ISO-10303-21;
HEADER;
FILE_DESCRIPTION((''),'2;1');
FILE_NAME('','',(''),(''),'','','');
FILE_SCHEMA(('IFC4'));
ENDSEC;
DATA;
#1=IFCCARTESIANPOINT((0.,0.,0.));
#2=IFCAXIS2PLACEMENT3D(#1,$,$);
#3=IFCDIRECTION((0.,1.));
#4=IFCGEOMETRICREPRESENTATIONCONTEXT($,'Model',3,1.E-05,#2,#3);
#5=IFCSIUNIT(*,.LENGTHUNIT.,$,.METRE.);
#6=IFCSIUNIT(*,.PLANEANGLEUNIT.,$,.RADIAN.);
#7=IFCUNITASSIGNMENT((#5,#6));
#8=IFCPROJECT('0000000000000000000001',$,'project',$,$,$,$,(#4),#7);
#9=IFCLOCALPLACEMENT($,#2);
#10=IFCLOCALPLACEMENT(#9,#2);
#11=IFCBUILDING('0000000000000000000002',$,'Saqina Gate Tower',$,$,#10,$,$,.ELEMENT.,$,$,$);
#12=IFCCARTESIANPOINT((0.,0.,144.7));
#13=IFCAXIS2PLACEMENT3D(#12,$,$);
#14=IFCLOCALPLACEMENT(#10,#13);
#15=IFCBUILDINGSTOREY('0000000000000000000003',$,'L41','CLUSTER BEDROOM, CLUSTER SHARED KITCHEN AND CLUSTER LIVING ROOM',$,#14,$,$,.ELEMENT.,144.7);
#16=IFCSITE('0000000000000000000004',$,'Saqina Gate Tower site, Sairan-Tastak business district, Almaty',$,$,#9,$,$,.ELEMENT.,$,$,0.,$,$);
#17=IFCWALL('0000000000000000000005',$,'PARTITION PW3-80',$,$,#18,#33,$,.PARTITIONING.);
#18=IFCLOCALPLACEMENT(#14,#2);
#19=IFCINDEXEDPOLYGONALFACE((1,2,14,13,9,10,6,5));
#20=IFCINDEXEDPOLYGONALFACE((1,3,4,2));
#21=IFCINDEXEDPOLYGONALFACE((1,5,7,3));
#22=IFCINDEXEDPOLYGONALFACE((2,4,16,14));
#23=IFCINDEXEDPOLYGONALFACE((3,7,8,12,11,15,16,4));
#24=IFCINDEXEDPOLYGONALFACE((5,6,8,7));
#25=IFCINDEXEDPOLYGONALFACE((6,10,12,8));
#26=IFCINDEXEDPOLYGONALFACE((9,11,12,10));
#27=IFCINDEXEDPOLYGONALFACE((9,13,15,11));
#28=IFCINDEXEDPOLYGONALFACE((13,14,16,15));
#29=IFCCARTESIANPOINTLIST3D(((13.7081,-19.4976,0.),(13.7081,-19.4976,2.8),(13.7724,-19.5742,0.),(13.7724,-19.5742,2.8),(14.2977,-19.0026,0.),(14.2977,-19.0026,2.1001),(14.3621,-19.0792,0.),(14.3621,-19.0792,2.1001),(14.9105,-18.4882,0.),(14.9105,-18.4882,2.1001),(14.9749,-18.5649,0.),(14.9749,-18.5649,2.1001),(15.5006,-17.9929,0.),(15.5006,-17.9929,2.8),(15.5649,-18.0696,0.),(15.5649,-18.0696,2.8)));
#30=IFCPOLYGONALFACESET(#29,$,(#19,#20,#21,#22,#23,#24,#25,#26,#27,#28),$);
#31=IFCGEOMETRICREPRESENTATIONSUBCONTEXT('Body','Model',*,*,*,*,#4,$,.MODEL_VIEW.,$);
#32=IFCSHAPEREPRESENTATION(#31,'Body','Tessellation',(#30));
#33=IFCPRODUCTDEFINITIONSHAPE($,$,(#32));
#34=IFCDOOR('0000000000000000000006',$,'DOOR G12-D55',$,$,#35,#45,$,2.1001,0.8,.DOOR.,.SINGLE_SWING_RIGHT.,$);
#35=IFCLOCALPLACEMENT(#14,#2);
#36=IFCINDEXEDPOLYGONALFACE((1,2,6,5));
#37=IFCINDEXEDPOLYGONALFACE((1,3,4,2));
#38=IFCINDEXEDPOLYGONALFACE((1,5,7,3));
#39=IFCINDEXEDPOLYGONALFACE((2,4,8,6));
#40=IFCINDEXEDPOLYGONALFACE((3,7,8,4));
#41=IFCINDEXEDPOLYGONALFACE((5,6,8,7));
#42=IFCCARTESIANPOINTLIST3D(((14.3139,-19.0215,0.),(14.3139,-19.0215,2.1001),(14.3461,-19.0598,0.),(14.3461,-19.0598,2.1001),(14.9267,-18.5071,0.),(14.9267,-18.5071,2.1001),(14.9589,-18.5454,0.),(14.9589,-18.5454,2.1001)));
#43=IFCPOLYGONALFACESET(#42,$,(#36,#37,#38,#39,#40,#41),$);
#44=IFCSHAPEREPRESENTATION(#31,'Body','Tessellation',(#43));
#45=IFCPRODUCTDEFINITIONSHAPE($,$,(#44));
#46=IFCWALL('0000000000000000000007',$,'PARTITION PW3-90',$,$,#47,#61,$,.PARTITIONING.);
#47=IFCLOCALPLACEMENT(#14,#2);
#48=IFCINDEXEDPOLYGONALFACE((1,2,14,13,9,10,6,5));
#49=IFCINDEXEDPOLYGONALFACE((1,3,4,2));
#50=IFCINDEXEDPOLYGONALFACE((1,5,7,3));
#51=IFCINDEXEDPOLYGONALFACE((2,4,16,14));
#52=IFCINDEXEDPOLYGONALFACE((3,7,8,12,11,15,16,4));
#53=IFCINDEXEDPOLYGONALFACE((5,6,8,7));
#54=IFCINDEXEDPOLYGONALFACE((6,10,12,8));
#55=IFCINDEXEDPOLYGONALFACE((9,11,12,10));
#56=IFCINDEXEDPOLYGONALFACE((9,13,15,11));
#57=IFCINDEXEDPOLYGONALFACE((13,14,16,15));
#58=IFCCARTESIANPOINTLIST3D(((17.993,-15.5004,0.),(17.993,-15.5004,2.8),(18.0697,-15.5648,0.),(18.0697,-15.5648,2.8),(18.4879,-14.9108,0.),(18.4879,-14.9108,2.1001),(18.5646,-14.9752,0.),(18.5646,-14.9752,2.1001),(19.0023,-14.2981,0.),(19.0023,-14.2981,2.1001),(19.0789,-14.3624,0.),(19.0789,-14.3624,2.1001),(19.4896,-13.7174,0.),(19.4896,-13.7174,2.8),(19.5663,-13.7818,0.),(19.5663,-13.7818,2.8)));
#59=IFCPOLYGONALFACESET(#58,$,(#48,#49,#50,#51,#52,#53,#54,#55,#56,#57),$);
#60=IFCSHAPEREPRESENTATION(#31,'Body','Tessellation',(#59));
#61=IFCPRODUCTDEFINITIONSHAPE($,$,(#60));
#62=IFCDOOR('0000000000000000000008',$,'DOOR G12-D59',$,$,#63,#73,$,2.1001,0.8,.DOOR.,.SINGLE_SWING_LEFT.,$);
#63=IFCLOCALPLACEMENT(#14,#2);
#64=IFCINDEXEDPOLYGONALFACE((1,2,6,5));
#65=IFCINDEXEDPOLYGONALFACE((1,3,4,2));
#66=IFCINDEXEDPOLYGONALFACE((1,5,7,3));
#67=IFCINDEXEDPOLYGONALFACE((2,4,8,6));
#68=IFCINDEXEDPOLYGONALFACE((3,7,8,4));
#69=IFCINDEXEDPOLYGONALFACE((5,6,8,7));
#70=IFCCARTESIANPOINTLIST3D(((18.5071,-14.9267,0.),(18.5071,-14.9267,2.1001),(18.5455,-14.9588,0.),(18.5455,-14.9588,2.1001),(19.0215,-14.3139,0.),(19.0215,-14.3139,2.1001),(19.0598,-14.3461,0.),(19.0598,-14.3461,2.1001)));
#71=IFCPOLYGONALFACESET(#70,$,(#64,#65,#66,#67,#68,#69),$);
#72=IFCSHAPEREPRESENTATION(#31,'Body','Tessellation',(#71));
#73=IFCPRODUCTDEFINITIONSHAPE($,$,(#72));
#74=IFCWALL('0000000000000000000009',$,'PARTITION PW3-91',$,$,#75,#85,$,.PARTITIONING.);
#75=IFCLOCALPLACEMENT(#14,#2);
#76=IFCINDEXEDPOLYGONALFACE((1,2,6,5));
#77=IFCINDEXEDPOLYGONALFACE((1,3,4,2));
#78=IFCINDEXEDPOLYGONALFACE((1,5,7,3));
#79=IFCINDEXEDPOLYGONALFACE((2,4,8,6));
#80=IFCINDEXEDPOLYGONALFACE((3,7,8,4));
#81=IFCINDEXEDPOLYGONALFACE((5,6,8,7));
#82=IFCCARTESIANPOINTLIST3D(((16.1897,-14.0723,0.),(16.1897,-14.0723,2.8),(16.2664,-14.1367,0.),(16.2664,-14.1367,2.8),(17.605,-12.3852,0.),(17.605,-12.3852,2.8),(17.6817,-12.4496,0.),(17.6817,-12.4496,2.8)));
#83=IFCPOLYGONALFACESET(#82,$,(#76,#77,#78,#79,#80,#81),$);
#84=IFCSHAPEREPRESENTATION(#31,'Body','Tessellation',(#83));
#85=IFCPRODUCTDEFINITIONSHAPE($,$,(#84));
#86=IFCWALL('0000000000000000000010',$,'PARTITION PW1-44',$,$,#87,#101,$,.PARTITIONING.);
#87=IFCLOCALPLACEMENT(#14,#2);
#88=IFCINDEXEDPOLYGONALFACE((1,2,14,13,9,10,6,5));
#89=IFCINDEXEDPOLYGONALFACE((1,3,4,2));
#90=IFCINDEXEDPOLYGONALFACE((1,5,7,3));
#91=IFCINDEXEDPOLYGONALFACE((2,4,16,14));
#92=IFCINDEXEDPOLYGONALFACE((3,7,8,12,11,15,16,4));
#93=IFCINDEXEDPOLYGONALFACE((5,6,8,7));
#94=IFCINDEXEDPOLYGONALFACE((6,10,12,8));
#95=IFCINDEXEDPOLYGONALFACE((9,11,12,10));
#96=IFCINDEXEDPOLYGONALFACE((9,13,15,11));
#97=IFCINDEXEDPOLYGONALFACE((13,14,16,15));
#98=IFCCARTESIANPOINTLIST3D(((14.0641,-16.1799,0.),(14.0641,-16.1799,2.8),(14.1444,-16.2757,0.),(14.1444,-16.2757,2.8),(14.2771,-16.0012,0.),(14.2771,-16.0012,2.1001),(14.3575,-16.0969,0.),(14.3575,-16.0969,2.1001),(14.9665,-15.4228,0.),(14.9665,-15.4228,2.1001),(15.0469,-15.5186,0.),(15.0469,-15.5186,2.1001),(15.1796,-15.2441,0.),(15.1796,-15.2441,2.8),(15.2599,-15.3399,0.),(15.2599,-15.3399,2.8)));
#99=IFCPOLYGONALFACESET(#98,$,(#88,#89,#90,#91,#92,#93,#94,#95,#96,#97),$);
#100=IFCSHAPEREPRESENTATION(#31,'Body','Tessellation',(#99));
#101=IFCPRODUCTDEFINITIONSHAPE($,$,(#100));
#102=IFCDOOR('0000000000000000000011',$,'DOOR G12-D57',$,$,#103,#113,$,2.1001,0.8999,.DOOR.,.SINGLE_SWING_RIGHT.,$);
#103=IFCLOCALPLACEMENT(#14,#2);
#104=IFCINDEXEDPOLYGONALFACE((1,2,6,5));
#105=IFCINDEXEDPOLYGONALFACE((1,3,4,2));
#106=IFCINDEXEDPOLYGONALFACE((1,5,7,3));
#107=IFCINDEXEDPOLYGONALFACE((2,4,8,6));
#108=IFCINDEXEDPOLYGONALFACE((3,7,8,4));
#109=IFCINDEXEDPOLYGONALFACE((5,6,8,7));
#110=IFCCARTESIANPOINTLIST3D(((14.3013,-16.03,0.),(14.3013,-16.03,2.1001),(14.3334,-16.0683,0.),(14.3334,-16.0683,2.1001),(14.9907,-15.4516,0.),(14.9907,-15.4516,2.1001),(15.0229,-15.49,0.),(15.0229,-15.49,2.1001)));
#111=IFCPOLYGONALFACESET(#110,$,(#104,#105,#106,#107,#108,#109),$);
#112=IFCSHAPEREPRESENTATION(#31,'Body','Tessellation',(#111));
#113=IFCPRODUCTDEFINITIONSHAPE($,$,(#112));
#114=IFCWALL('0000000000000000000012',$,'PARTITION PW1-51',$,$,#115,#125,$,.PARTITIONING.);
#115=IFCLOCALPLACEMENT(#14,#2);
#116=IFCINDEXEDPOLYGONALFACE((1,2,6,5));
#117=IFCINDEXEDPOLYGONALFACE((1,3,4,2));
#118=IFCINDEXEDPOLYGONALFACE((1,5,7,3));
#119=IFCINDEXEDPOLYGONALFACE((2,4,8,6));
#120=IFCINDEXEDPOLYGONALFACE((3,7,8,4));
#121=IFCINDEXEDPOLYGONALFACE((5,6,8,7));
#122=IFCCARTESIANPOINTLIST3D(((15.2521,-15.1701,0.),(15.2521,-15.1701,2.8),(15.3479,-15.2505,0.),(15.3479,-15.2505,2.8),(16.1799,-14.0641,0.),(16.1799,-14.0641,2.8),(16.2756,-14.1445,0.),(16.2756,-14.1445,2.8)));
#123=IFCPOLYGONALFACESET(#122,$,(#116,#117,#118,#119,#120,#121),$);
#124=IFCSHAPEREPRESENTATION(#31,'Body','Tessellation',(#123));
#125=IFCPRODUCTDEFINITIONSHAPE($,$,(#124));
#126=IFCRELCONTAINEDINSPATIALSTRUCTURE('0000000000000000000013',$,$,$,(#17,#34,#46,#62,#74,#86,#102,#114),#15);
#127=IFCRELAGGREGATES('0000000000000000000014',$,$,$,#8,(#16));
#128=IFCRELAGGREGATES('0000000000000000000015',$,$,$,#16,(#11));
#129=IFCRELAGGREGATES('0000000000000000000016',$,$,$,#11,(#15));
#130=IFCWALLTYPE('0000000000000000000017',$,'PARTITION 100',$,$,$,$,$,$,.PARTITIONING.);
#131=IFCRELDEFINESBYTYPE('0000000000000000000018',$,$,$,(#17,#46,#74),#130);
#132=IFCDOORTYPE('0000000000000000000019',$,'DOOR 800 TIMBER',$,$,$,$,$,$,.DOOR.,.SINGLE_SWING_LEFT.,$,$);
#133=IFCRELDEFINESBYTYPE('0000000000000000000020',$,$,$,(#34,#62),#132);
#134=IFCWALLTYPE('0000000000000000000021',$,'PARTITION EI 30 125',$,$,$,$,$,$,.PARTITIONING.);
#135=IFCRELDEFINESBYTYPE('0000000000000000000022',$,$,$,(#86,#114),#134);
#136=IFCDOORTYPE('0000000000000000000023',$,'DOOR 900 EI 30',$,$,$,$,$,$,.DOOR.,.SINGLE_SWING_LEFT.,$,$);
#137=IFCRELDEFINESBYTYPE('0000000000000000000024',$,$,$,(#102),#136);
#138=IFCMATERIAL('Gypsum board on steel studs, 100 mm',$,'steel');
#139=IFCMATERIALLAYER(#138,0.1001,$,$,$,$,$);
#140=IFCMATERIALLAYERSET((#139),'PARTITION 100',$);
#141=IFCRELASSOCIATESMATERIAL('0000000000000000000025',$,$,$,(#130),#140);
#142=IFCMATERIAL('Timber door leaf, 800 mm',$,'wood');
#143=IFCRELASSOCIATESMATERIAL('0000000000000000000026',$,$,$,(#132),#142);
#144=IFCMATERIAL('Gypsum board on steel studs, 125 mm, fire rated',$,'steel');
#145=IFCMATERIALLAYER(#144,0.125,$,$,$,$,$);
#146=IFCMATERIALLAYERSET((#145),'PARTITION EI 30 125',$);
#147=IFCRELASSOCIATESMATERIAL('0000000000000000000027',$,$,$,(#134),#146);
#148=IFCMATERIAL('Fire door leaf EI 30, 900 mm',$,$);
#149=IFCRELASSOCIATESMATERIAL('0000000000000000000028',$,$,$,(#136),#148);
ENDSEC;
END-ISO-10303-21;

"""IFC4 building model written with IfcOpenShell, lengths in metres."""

from ifc_helpers import new_model, si_unit, direction, frame, frame_2d, origin, place, context, subcontext, project, spatial, rectangle, extrude, material, layer, layer_set, type_object, element, fill, save


model = new_model("IFC4")

# Units and contexts
model_context = context("Model", 3, precision=1e-05, world=origin(), true_north=direction((0.0, 1.0)))
body_context = subcontext(model_context, "Body", "Model", "MODEL_VIEW")
ifc_project = project(units=[si_unit("LENGTHUNIT", "METRE"), si_unit("PLANEANGLEUNIT", "RADIAN")], contexts=[model_context])

# Site, building, storey
site_placement = place(None, origin())
site = spatial("IfcSite", under=ifc_project, at=site_placement, Name="Saqina Gate Tower site, Sairan-Tastak business district, Almaty", CompositionType="ELEMENT", RefElevation=0.0)
building_placement = place(site_placement, origin())
building = spatial("IfcBuilding", under=site, at=building_placement, Name="Saqina Gate Tower", CompositionType="ELEMENT")
storey_placement = place(building_placement, frame((0.0, 0.0, 144.7)))
storey = spatial("IfcBuildingStorey", under=building, at=storey_placement, Name="L41", Description="CLUSTER BEDROOM, CLUSTER SHARED KITCHEN AND CLUSTER LIVING ROOM", CompositionType="ELEMENT", Elevation=144.7)

# Shared definitions
ifc_material_1 = material(Name="Gypsum board on steel studs, 100 mm", Category="steel")
ifc_layer_1 = layer(ifc_material_1, 0.1001)
ifc_layer_set_1 = layer_set([ifc_layer_1], Name="PARTITION 100")
wall_type_1 = type_object("IfcWallType", Name="PARTITION 100", PredefinedType="PARTITIONING", material=ifc_layer_set_1)

# Walls, openings, doors
wall_1_placement = place(storey_placement, frame((13.7402, -19.5359, 0.0), z_axis=(0.0, 0.0, 1.0), x_axis=(0.765925, 0.64293, 0.0)))
wall_1 = element("IfcWall", 1, at=wall_1_placement, inside=storey, type_object=wall_type_1, Name="PARTITION PW3-80", PredefinedType="PARTITIONING", context=body_context, shape_type="SweptSolid", body=[
    extrude(rectangle(XDim=2.3403, YDim=0.1001, at=frame_2d((1.1702, 0.0))), origin(), (0.0, 0.0, 1.0), 2.8),
])
opening_1_placement = place(wall_1_placement, frame((0.77, 0.0, 0.0)))
opening_1 = element("IfcOpeningElement", 2, at=opening_1_placement, cuts=wall_1, PredefinedType="OPENING", context=body_context, shape_type="SweptSolid", body=[
    extrude(rectangle(XDim=0.8, YDim=2.1001, at=frame_2d((0.3999, 1.05))), frame((0.0, 0.062, 0.0), z_axis=(0.0, -1.0, 0.0), x_axis=(1.0, 0.0, 0.0)), (0.0, 0.0, 1.0), 0.124),
])
ifc_material_2 = material(Name="Timber door leaf, 800 mm", Category="wood")
door_type_1 = type_object("IfcDoorType", Name="DOOR 800 TIMBER", OperationType="SINGLE_SWING_LEFT", PredefinedType="DOOR", material=ifc_material_2)
door_1_placement = place(opening_1_placement, frame((0.8, 0.0, 0.0), z_axis=(0.0, 0.0, 1.0), x_axis=(-1.0, 0.0, 0.0)))
door_1 = element("IfcDoor", 3, at=door_1_placement, inside=storey, type_object=door_type_1, Name="DOOR G12-D55", OperationType="SINGLE_SWING_RIGHT", OverallHeight=2.1001, OverallWidth=0.8, PredefinedType="DOOR", context=body_context, shape_type="SweptSolid", body=[
    extrude(rectangle(XDim=0.8, YDim=2.1001, at=frame_2d((0.3999, 1.05))), frame((0.0, 0.0249, 0.0), z_axis=(0.0, -1.0, 0.0), x_axis=(1.0, 0.0, 0.0)), (0.0, 0.0, 1.0), 0.05),
])
fill(opening_1, door_1)
wall_2_placement = place(storey_placement, frame((18.0312, -15.5327, 0.0), z_axis=(0.0, 0.0, 1.0), x_axis=(0.642914, 0.765938, 0.0)))
wall_2 = element("IfcWall", 4, at=wall_2_placement, inside=storey, type_object=wall_type_1, Name="PARTITION PW3-90", PredefinedType="PARTITIONING", context=body_context, shape_type="SweptSolid", body=[
    extrude(rectangle(XDim=2.3279, YDim=0.1001, at=frame_2d((1.1641, 0.0))), origin(), (0.0, 0.0, 1.0), 2.8),
])
opening_2_placement = place(wall_2_placement, frame((0.77, 0.0, 0.0)))
opening_2 = element("IfcOpeningElement", 5, at=opening_2_placement, cuts=wall_2, PredefinedType="OPENING", context=body_context, shape_type="SweptSolid", body=[
    extrude(rectangle(XDim=0.8, YDim=2.1001, at=frame_2d((0.3999, 1.05))), frame((0.0, 0.062, 0.0), z_axis=(0.0, -1.0, 0.0), x_axis=(1.0, 0.0, 0.0)), (0.0, 0.0, 1.0), 0.124),
])
door_2_placement = place(opening_2_placement, frame((0.8, 0.0, 0.0), z_axis=(0.0, 0.0, 1.0), x_axis=(-1.0, 0.0, 0.0)))
door_2 = element("IfcDoor", 6, at=door_2_placement, inside=storey, type_object=door_type_1, Name="DOOR G12-D59", OperationType="SINGLE_SWING_LEFT", OverallHeight=2.1001, OverallWidth=0.8, PredefinedType="DOOR", context=body_context, shape_type="SweptSolid", body=[
    extrude(rectangle(XDim=0.8, YDim=2.1001, at=frame_2d((0.3999, 1.05))), frame((0.0, 0.0249, 0.0), z_axis=(0.0, -1.0, 0.0), x_axis=(1.0, 0.0, 0.0)), (0.0, 0.0, 1.0), 0.05),
])
fill(opening_2, door_2)

# Wall
wall_3_placement = place(storey_placement, frame((16.228, -14.1045, 0.0), z_axis=(0.0, 0.0, 1.0), x_axis=(0.642711, 0.766109, 0.0)))
element("IfcWall", 7, at=wall_3_placement, inside=storey, type_object=wall_type_1, Name="PARTITION PW3-91", PredefinedType="PARTITIONING", context=body_context, shape_type="SweptSolid", body=[
    extrude(rectangle(XDim=2.2021, YDim=0.1001, at=frame_2d((1.1011, 0.0))), origin(), (0.0, 0.0, 1.0), 2.8),
])

# Wall, opening, door
ifc_material_3 = material(Name="Gypsum board on steel studs, 125 mm, fire rated", Category="steel")
ifc_layer_2 = layer(ifc_material_3, 0.125)
ifc_layer_set_2 = layer_set([ifc_layer_2], Name="PARTITION EI 30 125")
wall_type_2 = type_object("IfcWallType", Name="PARTITION EI 30 125", PredefinedType="PARTITIONING", material=ifc_layer_set_2)
wall_4_placement = place(storey_placement, frame((14.1042, -16.2278, 0.0), z_axis=(0.0, 0.0, 1.0), x_axis=(0.766114, 0.642704, 0.0)))
wall_4 = element("IfcWall", 8, at=wall_4_placement, inside=storey, type_object=wall_type_2, Name="PARTITION PW1-44", PredefinedType="PARTITIONING", context=body_context, shape_type="SweptSolid", body=[
    extrude(rectangle(XDim=1.4561, YDim=0.125, at=frame_2d((0.728, 0.0))), origin(), (0.0, 0.0, 1.0), 2.8),
])
opening_3_placement = place(wall_4_placement, frame((0.2781, 0.0, 0.0)))
opening_3 = element("IfcOpeningElement", 9, at=opening_3_placement, cuts=wall_4, PredefinedType="OPENING", context=body_context, shape_type="SweptSolid", body=[
    extrude(rectangle(XDim=0.8999, YDim=2.1001, at=frame_2d((0.45, 1.05))), frame((0.0, 0.0745, 0.0), z_axis=(0.0, -1.0, 0.0), x_axis=(1.0, 0.0, 0.0)), (0.0, 0.0, 1.0), 0.1489),
])
ifc_material_4 = material(Name="Fire door leaf EI 30, 900 mm")
door_type_2 = type_object("IfcDoorType", Name="DOOR 900 EI 30", OperationType="SINGLE_SWING_LEFT", PredefinedType="DOOR", material=ifc_material_4)
door_3_placement = place(opening_3_placement, origin())
door_3 = element("IfcDoor", 10, at=door_3_placement, inside=storey, type_object=door_type_2, Name="DOOR G12-D57", OperationType="SINGLE_SWING_RIGHT", OverallHeight=2.1001, OverallWidth=0.8999, PredefinedType="DOOR", context=body_context, shape_type="SweptSolid", body=[
    extrude(rectangle(XDim=0.8999, YDim=2.1001, at=frame_2d((0.45, 1.05))), frame((0.0, 0.0249, 0.0), z_axis=(0.0, -1.0, 0.0), x_axis=(1.0, 0.0, 0.0)), (0.0, 0.0, 1.0), 0.05),
])
fill(opening_3, door_3)

# Wall
wall_5_placement = place(storey_placement, frame((15.3, -15.2102, 0.0), z_axis=(0.0, 0.0, 1.0), x_axis=(0.642676, 0.766138, 0.0)))
element("IfcWall", 11, at=wall_5_placement, inside=storey, type_object=wall_type_2, Name="PARTITION PW1-51", PredefinedType="PARTITIONING", context=body_context, shape_type="SweptSolid", body=[
    extrude(rectangle(XDim=1.4436, YDim=0.125, at=frame_2d((0.7217, 0.0))), origin(), (0.0, 0.0, 1.0), 2.8),
])

save(model, "model.ifc")
